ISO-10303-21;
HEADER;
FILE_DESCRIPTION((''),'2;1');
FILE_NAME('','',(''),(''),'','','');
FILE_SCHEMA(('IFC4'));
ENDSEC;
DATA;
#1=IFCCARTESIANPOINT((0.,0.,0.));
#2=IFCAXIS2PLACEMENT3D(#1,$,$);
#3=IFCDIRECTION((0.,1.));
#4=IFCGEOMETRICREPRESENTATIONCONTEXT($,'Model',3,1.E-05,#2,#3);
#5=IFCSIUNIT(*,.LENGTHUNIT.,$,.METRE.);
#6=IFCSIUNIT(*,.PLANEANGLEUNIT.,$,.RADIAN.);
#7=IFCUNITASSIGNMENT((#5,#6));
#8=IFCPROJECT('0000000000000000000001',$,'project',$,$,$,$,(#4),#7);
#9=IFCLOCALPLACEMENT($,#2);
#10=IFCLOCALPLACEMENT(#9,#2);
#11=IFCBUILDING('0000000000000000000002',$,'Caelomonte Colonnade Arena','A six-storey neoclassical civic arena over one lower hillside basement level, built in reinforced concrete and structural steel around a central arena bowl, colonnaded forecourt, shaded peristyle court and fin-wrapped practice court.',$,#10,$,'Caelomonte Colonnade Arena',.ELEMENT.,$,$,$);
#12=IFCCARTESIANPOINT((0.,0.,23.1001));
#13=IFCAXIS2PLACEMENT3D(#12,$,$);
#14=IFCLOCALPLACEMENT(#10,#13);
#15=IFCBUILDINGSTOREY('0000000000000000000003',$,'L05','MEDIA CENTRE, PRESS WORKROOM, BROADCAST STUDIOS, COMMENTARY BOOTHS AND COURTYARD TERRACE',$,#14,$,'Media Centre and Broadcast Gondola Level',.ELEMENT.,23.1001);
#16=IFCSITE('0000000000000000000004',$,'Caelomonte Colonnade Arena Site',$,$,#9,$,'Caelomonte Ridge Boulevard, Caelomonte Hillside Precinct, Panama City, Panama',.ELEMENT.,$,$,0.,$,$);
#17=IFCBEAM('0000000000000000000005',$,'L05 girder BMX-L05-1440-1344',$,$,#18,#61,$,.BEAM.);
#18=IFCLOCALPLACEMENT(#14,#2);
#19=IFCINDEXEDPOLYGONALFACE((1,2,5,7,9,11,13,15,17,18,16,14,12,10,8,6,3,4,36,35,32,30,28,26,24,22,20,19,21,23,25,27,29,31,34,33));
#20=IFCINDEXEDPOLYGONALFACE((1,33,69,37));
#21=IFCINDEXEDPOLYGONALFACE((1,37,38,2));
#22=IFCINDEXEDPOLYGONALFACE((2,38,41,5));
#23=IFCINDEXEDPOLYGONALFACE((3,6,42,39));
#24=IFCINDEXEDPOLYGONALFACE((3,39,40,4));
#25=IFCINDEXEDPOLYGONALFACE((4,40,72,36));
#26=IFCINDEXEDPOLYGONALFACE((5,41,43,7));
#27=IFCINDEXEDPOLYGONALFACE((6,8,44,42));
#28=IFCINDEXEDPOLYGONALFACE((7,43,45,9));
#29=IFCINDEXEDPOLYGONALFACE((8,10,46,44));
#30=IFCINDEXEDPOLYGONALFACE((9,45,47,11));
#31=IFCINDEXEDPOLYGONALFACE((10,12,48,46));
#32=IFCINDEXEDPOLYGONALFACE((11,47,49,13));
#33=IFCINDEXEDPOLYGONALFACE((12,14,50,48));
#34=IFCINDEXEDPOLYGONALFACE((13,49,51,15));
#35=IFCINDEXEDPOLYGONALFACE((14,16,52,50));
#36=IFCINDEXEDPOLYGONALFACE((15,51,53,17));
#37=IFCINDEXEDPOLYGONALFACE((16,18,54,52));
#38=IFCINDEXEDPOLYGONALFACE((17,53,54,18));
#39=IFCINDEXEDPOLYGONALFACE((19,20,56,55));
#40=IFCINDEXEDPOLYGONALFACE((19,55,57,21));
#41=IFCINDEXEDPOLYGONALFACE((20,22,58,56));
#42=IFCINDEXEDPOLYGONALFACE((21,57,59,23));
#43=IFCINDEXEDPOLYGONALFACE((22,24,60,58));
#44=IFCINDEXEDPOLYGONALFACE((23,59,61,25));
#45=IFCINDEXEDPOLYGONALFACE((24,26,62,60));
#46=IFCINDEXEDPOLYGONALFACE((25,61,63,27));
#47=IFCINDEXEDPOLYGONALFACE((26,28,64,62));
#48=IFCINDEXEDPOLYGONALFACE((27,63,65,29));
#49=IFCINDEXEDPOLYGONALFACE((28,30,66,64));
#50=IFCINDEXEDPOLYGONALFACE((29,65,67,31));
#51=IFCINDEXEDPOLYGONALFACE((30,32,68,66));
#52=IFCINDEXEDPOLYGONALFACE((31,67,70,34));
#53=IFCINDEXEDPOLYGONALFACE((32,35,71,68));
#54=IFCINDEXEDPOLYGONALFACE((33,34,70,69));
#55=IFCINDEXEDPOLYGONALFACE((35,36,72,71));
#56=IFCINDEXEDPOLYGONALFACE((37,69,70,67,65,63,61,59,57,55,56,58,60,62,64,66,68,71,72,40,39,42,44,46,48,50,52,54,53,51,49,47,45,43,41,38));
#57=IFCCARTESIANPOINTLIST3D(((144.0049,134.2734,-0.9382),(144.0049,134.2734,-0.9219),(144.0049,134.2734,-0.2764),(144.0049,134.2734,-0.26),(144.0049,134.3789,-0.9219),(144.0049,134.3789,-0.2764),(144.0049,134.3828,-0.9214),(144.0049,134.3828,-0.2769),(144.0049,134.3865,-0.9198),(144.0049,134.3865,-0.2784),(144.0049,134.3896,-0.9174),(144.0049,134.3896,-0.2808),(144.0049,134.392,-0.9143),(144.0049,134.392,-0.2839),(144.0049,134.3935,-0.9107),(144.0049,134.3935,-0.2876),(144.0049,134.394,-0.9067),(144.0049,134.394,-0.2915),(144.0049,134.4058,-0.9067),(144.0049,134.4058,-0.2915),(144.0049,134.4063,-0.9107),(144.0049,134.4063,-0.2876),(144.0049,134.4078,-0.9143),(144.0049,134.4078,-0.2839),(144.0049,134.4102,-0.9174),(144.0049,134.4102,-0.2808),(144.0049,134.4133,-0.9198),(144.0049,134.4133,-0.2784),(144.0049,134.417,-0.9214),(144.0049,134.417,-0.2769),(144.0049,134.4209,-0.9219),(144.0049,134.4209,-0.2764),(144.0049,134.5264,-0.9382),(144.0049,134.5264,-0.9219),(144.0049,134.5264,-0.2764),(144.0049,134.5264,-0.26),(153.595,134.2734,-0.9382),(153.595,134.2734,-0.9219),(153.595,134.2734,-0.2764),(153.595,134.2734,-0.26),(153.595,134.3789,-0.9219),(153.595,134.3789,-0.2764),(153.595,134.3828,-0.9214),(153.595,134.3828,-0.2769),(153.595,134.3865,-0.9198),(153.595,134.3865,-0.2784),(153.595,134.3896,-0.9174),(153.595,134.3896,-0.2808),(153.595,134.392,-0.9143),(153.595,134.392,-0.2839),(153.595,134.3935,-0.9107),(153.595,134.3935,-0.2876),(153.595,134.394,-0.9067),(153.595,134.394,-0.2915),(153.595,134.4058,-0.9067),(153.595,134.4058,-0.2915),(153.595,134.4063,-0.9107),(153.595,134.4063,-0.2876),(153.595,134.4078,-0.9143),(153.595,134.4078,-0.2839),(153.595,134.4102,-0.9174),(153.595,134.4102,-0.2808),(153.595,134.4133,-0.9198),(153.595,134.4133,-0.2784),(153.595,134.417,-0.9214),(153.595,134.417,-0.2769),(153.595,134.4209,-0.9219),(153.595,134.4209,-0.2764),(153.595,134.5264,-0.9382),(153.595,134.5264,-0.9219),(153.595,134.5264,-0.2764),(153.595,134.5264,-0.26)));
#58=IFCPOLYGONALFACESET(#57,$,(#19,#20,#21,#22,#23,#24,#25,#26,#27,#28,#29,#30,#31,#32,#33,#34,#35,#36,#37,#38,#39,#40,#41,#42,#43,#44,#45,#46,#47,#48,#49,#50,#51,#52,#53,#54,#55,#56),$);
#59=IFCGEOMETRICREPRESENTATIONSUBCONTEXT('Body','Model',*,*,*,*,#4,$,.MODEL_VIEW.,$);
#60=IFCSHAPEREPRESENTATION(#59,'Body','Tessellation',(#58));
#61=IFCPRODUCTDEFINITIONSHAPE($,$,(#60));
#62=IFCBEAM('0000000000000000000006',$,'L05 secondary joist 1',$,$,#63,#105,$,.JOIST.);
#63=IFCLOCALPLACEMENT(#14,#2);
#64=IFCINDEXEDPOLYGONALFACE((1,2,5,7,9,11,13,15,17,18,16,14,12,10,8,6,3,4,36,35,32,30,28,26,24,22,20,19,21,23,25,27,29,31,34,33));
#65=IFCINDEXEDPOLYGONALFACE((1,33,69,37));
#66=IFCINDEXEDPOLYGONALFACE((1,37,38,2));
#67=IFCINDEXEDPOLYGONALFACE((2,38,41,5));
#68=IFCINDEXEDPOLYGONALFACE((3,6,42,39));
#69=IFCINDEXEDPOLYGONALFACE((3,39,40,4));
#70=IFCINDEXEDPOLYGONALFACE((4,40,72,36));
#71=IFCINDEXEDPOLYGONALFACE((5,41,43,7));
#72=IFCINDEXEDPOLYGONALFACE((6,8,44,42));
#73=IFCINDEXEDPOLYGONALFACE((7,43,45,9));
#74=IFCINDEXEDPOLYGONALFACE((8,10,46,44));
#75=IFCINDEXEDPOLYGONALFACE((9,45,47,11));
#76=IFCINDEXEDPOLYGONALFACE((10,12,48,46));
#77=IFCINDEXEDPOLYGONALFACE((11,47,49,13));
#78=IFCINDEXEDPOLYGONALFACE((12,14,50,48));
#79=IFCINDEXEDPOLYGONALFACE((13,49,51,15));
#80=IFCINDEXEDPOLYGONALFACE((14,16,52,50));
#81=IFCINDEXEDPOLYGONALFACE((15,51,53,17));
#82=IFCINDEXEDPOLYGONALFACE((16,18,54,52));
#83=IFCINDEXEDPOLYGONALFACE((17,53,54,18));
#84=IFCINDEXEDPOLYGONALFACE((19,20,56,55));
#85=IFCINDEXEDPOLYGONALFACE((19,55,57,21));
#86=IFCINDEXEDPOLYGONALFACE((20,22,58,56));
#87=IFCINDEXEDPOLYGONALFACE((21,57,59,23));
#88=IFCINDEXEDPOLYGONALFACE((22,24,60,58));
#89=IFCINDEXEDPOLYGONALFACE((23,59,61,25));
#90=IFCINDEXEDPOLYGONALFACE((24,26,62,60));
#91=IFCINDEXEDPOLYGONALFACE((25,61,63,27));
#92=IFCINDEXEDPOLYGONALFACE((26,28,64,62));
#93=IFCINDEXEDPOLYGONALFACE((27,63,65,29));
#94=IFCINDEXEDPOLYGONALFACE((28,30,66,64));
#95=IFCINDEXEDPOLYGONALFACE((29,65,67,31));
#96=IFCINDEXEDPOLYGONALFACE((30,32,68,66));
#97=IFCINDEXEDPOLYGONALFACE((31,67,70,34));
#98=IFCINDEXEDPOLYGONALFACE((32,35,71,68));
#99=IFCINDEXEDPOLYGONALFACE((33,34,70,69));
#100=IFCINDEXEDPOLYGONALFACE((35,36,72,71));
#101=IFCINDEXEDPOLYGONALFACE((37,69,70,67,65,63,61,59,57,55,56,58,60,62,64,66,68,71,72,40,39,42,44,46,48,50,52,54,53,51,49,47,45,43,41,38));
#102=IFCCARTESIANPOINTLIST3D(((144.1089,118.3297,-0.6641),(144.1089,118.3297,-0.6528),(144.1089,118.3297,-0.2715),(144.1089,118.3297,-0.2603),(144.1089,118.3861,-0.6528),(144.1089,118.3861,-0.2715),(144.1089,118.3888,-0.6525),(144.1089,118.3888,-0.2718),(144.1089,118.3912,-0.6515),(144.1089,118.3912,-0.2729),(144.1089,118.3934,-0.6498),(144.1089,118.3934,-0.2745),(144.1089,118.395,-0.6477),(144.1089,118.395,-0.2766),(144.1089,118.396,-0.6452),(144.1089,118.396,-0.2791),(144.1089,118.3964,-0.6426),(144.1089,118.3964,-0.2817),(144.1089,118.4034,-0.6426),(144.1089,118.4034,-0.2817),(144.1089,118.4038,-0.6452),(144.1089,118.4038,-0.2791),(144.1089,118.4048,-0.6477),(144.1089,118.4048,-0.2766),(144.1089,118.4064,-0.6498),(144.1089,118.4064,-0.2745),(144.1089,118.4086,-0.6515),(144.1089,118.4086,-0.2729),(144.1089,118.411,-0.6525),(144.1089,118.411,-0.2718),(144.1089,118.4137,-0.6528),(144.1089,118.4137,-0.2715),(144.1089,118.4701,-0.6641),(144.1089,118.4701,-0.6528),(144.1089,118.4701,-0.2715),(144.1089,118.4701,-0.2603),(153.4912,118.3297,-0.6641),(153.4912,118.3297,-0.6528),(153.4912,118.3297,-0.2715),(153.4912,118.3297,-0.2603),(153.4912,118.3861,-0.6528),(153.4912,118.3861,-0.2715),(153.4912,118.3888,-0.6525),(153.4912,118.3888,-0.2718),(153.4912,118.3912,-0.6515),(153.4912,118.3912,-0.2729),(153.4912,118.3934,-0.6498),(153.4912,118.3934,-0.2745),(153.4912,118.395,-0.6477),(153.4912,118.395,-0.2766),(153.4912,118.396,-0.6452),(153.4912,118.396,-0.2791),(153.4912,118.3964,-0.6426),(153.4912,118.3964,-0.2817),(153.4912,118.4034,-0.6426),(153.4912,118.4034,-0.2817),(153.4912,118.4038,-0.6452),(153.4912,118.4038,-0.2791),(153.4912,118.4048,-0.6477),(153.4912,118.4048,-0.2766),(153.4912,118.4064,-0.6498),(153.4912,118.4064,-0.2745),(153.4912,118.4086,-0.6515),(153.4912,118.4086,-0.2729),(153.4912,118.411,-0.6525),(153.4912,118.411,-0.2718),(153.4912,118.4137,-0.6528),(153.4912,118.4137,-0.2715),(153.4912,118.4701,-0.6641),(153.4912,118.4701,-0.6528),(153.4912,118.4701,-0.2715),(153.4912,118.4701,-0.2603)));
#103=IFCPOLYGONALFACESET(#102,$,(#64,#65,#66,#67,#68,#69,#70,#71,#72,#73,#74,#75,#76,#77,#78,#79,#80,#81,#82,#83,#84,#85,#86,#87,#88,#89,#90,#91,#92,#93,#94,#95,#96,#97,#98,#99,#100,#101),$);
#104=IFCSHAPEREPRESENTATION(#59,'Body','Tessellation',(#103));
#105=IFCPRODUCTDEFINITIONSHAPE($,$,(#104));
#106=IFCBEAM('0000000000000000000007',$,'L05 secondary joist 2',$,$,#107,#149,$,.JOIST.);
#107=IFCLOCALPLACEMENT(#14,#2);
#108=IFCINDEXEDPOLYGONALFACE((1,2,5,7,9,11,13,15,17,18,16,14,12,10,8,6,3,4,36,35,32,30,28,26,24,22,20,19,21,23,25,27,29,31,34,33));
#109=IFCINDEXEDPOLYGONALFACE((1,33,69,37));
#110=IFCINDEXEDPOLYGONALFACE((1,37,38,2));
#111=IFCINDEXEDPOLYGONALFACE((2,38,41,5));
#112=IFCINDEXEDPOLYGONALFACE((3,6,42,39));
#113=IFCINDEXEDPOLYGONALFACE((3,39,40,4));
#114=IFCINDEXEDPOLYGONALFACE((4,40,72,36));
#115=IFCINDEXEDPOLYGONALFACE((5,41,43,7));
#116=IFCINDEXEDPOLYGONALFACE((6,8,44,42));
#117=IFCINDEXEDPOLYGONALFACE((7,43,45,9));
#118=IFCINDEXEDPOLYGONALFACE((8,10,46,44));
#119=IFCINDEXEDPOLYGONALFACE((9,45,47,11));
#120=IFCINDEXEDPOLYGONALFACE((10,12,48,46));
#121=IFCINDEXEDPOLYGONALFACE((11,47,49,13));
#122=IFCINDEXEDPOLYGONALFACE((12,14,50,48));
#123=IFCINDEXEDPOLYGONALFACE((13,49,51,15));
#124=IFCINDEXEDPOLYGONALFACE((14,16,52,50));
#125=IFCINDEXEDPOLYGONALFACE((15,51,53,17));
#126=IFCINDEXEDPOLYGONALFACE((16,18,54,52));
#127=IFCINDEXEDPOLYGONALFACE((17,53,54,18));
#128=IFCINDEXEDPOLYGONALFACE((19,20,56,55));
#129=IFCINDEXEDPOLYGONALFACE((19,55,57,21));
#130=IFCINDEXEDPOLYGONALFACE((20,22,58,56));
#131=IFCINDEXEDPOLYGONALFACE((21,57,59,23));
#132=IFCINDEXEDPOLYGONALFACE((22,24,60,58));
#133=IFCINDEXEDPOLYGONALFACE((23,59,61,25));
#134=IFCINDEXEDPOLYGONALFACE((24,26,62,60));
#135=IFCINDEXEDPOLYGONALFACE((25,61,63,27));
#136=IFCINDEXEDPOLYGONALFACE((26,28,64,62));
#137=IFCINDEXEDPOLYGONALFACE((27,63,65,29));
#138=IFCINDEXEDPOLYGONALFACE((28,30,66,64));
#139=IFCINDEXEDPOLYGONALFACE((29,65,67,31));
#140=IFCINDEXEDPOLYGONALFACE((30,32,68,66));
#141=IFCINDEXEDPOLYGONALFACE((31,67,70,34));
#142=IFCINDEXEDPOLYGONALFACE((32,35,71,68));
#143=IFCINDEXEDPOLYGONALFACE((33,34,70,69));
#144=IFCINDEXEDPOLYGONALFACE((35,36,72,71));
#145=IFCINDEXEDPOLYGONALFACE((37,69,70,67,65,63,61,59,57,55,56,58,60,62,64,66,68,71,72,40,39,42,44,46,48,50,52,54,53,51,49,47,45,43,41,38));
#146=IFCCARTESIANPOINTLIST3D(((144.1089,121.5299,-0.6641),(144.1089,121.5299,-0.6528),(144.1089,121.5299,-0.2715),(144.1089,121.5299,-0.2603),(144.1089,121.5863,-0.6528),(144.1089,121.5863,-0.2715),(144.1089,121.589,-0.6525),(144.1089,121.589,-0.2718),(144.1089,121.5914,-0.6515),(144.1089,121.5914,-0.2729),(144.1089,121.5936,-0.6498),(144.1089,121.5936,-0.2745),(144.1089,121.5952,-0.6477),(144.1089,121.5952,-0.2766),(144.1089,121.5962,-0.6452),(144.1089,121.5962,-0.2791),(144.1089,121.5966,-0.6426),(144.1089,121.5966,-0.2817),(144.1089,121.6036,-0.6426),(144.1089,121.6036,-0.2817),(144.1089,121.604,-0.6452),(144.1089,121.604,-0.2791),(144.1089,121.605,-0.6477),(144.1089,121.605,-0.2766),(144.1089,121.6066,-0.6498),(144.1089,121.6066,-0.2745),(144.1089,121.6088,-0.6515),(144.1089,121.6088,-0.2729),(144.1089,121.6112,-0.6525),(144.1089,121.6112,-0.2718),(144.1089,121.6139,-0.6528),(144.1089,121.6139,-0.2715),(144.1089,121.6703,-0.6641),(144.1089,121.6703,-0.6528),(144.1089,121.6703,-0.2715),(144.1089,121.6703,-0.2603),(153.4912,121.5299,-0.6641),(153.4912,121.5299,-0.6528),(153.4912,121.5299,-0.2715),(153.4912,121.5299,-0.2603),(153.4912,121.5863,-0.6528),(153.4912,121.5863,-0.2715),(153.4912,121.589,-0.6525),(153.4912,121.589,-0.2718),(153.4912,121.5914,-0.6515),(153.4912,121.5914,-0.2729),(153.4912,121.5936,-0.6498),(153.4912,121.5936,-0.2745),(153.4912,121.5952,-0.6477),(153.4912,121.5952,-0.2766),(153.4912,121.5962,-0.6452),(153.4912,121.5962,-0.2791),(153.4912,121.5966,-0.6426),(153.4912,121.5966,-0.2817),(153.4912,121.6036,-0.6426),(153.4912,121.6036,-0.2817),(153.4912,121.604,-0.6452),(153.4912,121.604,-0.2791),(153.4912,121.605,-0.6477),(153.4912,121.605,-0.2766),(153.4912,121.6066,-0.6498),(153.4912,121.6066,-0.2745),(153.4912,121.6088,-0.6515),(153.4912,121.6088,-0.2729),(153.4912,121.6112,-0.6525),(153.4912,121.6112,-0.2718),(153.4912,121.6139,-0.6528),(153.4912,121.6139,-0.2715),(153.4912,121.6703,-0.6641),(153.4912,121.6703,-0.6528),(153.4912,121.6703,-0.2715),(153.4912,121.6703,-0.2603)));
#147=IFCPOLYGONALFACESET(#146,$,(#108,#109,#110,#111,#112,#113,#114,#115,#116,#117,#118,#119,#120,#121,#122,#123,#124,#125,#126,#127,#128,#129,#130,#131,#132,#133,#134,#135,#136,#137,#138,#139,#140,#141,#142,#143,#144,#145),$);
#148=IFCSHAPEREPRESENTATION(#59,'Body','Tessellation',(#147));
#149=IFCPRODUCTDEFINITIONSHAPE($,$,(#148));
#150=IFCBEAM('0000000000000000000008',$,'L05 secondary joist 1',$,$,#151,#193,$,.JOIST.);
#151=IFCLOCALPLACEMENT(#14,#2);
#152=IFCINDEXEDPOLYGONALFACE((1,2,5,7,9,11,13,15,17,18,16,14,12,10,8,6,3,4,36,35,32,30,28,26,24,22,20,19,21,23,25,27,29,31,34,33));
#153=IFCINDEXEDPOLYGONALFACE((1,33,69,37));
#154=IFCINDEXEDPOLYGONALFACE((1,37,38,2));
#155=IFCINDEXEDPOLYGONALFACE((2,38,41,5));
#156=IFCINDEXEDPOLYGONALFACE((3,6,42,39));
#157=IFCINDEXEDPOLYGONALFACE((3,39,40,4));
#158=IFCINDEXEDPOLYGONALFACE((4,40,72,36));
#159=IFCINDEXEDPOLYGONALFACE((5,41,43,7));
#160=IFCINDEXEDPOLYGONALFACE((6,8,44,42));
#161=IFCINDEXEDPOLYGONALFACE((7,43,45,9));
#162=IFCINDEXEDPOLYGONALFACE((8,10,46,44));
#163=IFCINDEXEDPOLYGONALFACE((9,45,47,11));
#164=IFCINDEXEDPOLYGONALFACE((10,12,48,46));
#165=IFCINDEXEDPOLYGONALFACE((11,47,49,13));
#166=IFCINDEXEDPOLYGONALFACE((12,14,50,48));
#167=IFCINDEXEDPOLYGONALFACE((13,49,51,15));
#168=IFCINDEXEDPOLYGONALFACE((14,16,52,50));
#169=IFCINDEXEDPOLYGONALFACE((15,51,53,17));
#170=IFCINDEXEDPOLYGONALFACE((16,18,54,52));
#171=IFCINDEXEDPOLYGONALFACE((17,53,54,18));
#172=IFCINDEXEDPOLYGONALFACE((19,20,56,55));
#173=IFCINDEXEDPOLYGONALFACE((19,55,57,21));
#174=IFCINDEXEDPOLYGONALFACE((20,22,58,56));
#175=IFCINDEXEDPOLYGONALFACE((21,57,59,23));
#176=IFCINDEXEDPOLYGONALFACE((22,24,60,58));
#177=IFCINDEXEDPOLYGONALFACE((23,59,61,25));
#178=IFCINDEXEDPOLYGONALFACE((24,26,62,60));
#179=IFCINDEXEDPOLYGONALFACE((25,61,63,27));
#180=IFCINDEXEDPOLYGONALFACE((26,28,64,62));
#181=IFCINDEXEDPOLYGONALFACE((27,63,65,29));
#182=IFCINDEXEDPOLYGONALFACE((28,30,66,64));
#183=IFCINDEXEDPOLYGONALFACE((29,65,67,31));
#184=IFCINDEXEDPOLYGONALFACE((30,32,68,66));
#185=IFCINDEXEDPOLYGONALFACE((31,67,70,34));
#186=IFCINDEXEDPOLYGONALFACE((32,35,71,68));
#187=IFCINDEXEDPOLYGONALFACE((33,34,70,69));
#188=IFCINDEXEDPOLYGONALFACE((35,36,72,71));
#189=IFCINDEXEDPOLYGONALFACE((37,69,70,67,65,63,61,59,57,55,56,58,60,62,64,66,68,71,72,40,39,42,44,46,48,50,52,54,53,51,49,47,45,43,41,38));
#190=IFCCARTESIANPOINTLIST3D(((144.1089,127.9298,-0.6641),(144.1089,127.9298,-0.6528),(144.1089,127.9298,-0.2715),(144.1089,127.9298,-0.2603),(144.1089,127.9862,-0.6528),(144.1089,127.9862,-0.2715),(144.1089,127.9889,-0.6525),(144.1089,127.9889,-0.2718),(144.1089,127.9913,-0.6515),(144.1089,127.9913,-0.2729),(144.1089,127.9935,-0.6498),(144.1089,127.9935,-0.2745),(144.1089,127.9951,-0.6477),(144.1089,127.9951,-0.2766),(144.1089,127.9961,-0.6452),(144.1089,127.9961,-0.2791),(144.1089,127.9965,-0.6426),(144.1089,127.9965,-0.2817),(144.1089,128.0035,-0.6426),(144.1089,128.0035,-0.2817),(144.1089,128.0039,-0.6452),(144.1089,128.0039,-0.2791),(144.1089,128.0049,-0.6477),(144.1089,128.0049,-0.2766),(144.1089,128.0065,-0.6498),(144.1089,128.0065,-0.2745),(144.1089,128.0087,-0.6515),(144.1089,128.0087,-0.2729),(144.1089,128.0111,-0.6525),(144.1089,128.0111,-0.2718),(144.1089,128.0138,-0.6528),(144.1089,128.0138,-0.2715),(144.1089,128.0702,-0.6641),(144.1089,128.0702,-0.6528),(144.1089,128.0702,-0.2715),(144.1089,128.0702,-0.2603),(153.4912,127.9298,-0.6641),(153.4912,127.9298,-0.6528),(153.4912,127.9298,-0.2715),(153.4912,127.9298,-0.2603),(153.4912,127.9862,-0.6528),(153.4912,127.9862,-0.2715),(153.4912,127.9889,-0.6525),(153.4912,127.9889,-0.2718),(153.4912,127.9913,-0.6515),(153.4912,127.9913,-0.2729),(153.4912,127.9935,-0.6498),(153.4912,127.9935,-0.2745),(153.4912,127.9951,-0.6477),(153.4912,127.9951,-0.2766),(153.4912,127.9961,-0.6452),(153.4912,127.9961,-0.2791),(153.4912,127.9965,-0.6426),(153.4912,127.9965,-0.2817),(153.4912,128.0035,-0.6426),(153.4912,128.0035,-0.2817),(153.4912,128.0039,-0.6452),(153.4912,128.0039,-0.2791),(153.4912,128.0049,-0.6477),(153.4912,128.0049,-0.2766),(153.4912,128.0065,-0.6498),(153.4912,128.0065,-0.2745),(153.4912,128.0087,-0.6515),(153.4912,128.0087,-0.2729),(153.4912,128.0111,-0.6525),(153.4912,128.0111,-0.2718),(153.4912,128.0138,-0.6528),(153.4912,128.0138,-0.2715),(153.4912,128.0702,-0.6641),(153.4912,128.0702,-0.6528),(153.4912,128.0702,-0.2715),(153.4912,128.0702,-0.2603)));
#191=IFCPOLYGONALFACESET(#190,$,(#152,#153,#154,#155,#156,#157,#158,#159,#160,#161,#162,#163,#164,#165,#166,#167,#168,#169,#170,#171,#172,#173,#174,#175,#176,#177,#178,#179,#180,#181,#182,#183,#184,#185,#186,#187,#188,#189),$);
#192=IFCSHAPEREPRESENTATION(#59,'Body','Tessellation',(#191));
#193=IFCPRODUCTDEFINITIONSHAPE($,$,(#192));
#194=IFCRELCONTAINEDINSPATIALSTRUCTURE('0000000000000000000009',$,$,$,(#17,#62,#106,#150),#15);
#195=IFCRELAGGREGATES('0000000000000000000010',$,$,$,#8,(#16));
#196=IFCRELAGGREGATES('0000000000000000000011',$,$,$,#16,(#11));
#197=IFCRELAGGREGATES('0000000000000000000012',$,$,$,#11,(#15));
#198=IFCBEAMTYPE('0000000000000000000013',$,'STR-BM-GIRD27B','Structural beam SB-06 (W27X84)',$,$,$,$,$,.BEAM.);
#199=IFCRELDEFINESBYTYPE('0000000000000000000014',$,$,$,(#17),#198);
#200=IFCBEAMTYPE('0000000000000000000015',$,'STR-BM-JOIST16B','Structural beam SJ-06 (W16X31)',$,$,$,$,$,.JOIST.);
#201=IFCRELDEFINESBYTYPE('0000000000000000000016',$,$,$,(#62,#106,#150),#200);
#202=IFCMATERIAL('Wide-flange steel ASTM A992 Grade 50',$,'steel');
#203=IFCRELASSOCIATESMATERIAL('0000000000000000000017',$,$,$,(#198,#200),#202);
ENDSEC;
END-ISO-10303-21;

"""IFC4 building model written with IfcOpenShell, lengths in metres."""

from ifc_helpers import new_model, si_unit, direction, frame, origin, origin_2d, place, context, subcontext, project, spatial, i_section, extrude, material, material_profile, profile_set, type_object, element, save


model = new_model("IFC4")

# Units and contexts
model_context = context("Model", 3, precision=1e-05, world=origin(), true_north=direction((0.0, 1.0)))
body_context = subcontext(model_context, "Body", "Model", "MODEL_VIEW")
ifc_project = project(units=[si_unit("LENGTHUNIT", "METRE"), si_unit("PLANEANGLEUNIT", "RADIAN")], contexts=[model_context])

# Site, building, storey
site_placement = place(None, origin())
site = spatial("IfcSite", under=ifc_project, at=site_placement, Name="Caelomonte Colonnade Arena Site", LongName="Caelomonte Ridge Boulevard, Caelomonte Hillside Precinct, Panama City, Panama", CompositionType="ELEMENT", RefElevation=0.0)
building_placement = place(site_placement, origin())
building = spatial("IfcBuilding", under=site, at=building_placement, Name="Caelomonte Colonnade Arena", Description="A six-storey neoclassical civic arena over one lower hillside basement level, built in reinforced concrete and structural steel around a central arena bowl, colonnaded forecourt, shaded peristyle court and fin-wrapped practice court.", LongName="Caelomonte Colonnade Arena", CompositionType="ELEMENT")
storey_placement = place(building_placement, frame((0.0, 0.0, 23.1001)))
storey = spatial("IfcBuildingStorey", under=building, at=storey_placement, Name="L05", Description="MEDIA CENTRE, PRESS WORKROOM, BROADCAST STUDIOS, COMMENTARY BOOTHS AND COURTYARD TERRACE", LongName="Media Centre and Broadcast Gondola Level", CompositionType="ELEMENT", Elevation=23.1001)

# Shared definitions
ifc_material_1 = material(Name="Wide-flange steel ASTM A992 Grade 50", Category="steel")

# Beams
ifc_material_profile_1 = material_profile(ifc_material_1, i_section(OverallWidth=0.2529, OverallDepth=0.6782, WebThickness=0.0117, FlangeThickness=0.0164, FilletRadius=0.0151, at=origin_2d()), Name="W27X84")
ifc_profile_set_1 = profile_set([ifc_material_profile_1], Name="Wide-flange steel ASTM A992 Grade 50")
beam_type_1 = type_object("IfcBeamType", Name="STR-BM-GIRD27B", Description="Structural beam SB-06 (W27X84)", PredefinedType="BEAM", material=ifc_profile_set_1)
for number, where, z_axis, x_axis, name in (
    (1, (144.0049, 134.3999, -0.5991), (1.0, 0.0, 0.0), (0.0, 1.0, 0.0), "L05 girder BMX-L05-1440-1344"),
):
    element("IfcBeam", number, at=place(storey_placement, frame(where, z_axis=z_axis, x_axis=x_axis)), inside=storey, type_object=beam_type_1, Name=name, PredefinedType="BEAM", context=body_context, shape_type="SweptSolid", body=[
        extrude(i_section(OverallWidth=0.2529, OverallDepth=0.6782, WebThickness=0.0117, FlangeThickness=0.0164, FilletRadius=0.0151, at=origin_2d()), origin(), (0.0, 0.0, 1.0), 9.5901),
    ])
ifc_material_profile_2 = material_profile(ifc_material_1, i_section(OverallWidth=0.1404, OverallDepth=0.4038, WebThickness=0.0071, FlangeThickness=0.0112, FilletRadius=0.0103, at=origin_2d()), Name="W16X31")
ifc_profile_set_2 = profile_set([ifc_material_profile_2], Name="Wide-flange steel ASTM A992 Grade 50")
beam_type_2 = type_object("IfcBeamType", Name="STR-BM-JOIST16B", Description="Structural beam SJ-06 (W16X31)", PredefinedType="JOIST", material=ifc_profile_set_2)
for number, where, z_axis, x_axis, name in (
    (2, (144.1089, 118.3999, -0.4622), (1.0, 0.0, 0.0), (0.0, 1.0, 0.0), "L05 secondary joist 1"),
    (3, (144.1089, 121.6001, -0.4622), (1.0, 0.0, 0.0), (0.0, 1.0, 0.0), "L05 secondary joist 2"),
    (4, (144.1089, 128.0, -0.4622), (1.0, 0.0, 0.0), (0.0, 1.0, 0.0), "L05 secondary joist 1"),
):
    element("IfcBeam", number, at=place(storey_placement, frame(where, z_axis=z_axis, x_axis=x_axis)), inside=storey, type_object=beam_type_2, Name=name, PredefinedType="JOIST", context=body_context, shape_type="SweptSolid", body=[
        extrude(i_section(OverallWidth=0.1404, OverallDepth=0.4038, WebThickness=0.0071, FlangeThickness=0.0112, FilletRadius=0.0103, at=origin_2d()), origin(), (0.0, 0.0, 1.0), 9.3823),
    ])

save(model, "model.ifc")
